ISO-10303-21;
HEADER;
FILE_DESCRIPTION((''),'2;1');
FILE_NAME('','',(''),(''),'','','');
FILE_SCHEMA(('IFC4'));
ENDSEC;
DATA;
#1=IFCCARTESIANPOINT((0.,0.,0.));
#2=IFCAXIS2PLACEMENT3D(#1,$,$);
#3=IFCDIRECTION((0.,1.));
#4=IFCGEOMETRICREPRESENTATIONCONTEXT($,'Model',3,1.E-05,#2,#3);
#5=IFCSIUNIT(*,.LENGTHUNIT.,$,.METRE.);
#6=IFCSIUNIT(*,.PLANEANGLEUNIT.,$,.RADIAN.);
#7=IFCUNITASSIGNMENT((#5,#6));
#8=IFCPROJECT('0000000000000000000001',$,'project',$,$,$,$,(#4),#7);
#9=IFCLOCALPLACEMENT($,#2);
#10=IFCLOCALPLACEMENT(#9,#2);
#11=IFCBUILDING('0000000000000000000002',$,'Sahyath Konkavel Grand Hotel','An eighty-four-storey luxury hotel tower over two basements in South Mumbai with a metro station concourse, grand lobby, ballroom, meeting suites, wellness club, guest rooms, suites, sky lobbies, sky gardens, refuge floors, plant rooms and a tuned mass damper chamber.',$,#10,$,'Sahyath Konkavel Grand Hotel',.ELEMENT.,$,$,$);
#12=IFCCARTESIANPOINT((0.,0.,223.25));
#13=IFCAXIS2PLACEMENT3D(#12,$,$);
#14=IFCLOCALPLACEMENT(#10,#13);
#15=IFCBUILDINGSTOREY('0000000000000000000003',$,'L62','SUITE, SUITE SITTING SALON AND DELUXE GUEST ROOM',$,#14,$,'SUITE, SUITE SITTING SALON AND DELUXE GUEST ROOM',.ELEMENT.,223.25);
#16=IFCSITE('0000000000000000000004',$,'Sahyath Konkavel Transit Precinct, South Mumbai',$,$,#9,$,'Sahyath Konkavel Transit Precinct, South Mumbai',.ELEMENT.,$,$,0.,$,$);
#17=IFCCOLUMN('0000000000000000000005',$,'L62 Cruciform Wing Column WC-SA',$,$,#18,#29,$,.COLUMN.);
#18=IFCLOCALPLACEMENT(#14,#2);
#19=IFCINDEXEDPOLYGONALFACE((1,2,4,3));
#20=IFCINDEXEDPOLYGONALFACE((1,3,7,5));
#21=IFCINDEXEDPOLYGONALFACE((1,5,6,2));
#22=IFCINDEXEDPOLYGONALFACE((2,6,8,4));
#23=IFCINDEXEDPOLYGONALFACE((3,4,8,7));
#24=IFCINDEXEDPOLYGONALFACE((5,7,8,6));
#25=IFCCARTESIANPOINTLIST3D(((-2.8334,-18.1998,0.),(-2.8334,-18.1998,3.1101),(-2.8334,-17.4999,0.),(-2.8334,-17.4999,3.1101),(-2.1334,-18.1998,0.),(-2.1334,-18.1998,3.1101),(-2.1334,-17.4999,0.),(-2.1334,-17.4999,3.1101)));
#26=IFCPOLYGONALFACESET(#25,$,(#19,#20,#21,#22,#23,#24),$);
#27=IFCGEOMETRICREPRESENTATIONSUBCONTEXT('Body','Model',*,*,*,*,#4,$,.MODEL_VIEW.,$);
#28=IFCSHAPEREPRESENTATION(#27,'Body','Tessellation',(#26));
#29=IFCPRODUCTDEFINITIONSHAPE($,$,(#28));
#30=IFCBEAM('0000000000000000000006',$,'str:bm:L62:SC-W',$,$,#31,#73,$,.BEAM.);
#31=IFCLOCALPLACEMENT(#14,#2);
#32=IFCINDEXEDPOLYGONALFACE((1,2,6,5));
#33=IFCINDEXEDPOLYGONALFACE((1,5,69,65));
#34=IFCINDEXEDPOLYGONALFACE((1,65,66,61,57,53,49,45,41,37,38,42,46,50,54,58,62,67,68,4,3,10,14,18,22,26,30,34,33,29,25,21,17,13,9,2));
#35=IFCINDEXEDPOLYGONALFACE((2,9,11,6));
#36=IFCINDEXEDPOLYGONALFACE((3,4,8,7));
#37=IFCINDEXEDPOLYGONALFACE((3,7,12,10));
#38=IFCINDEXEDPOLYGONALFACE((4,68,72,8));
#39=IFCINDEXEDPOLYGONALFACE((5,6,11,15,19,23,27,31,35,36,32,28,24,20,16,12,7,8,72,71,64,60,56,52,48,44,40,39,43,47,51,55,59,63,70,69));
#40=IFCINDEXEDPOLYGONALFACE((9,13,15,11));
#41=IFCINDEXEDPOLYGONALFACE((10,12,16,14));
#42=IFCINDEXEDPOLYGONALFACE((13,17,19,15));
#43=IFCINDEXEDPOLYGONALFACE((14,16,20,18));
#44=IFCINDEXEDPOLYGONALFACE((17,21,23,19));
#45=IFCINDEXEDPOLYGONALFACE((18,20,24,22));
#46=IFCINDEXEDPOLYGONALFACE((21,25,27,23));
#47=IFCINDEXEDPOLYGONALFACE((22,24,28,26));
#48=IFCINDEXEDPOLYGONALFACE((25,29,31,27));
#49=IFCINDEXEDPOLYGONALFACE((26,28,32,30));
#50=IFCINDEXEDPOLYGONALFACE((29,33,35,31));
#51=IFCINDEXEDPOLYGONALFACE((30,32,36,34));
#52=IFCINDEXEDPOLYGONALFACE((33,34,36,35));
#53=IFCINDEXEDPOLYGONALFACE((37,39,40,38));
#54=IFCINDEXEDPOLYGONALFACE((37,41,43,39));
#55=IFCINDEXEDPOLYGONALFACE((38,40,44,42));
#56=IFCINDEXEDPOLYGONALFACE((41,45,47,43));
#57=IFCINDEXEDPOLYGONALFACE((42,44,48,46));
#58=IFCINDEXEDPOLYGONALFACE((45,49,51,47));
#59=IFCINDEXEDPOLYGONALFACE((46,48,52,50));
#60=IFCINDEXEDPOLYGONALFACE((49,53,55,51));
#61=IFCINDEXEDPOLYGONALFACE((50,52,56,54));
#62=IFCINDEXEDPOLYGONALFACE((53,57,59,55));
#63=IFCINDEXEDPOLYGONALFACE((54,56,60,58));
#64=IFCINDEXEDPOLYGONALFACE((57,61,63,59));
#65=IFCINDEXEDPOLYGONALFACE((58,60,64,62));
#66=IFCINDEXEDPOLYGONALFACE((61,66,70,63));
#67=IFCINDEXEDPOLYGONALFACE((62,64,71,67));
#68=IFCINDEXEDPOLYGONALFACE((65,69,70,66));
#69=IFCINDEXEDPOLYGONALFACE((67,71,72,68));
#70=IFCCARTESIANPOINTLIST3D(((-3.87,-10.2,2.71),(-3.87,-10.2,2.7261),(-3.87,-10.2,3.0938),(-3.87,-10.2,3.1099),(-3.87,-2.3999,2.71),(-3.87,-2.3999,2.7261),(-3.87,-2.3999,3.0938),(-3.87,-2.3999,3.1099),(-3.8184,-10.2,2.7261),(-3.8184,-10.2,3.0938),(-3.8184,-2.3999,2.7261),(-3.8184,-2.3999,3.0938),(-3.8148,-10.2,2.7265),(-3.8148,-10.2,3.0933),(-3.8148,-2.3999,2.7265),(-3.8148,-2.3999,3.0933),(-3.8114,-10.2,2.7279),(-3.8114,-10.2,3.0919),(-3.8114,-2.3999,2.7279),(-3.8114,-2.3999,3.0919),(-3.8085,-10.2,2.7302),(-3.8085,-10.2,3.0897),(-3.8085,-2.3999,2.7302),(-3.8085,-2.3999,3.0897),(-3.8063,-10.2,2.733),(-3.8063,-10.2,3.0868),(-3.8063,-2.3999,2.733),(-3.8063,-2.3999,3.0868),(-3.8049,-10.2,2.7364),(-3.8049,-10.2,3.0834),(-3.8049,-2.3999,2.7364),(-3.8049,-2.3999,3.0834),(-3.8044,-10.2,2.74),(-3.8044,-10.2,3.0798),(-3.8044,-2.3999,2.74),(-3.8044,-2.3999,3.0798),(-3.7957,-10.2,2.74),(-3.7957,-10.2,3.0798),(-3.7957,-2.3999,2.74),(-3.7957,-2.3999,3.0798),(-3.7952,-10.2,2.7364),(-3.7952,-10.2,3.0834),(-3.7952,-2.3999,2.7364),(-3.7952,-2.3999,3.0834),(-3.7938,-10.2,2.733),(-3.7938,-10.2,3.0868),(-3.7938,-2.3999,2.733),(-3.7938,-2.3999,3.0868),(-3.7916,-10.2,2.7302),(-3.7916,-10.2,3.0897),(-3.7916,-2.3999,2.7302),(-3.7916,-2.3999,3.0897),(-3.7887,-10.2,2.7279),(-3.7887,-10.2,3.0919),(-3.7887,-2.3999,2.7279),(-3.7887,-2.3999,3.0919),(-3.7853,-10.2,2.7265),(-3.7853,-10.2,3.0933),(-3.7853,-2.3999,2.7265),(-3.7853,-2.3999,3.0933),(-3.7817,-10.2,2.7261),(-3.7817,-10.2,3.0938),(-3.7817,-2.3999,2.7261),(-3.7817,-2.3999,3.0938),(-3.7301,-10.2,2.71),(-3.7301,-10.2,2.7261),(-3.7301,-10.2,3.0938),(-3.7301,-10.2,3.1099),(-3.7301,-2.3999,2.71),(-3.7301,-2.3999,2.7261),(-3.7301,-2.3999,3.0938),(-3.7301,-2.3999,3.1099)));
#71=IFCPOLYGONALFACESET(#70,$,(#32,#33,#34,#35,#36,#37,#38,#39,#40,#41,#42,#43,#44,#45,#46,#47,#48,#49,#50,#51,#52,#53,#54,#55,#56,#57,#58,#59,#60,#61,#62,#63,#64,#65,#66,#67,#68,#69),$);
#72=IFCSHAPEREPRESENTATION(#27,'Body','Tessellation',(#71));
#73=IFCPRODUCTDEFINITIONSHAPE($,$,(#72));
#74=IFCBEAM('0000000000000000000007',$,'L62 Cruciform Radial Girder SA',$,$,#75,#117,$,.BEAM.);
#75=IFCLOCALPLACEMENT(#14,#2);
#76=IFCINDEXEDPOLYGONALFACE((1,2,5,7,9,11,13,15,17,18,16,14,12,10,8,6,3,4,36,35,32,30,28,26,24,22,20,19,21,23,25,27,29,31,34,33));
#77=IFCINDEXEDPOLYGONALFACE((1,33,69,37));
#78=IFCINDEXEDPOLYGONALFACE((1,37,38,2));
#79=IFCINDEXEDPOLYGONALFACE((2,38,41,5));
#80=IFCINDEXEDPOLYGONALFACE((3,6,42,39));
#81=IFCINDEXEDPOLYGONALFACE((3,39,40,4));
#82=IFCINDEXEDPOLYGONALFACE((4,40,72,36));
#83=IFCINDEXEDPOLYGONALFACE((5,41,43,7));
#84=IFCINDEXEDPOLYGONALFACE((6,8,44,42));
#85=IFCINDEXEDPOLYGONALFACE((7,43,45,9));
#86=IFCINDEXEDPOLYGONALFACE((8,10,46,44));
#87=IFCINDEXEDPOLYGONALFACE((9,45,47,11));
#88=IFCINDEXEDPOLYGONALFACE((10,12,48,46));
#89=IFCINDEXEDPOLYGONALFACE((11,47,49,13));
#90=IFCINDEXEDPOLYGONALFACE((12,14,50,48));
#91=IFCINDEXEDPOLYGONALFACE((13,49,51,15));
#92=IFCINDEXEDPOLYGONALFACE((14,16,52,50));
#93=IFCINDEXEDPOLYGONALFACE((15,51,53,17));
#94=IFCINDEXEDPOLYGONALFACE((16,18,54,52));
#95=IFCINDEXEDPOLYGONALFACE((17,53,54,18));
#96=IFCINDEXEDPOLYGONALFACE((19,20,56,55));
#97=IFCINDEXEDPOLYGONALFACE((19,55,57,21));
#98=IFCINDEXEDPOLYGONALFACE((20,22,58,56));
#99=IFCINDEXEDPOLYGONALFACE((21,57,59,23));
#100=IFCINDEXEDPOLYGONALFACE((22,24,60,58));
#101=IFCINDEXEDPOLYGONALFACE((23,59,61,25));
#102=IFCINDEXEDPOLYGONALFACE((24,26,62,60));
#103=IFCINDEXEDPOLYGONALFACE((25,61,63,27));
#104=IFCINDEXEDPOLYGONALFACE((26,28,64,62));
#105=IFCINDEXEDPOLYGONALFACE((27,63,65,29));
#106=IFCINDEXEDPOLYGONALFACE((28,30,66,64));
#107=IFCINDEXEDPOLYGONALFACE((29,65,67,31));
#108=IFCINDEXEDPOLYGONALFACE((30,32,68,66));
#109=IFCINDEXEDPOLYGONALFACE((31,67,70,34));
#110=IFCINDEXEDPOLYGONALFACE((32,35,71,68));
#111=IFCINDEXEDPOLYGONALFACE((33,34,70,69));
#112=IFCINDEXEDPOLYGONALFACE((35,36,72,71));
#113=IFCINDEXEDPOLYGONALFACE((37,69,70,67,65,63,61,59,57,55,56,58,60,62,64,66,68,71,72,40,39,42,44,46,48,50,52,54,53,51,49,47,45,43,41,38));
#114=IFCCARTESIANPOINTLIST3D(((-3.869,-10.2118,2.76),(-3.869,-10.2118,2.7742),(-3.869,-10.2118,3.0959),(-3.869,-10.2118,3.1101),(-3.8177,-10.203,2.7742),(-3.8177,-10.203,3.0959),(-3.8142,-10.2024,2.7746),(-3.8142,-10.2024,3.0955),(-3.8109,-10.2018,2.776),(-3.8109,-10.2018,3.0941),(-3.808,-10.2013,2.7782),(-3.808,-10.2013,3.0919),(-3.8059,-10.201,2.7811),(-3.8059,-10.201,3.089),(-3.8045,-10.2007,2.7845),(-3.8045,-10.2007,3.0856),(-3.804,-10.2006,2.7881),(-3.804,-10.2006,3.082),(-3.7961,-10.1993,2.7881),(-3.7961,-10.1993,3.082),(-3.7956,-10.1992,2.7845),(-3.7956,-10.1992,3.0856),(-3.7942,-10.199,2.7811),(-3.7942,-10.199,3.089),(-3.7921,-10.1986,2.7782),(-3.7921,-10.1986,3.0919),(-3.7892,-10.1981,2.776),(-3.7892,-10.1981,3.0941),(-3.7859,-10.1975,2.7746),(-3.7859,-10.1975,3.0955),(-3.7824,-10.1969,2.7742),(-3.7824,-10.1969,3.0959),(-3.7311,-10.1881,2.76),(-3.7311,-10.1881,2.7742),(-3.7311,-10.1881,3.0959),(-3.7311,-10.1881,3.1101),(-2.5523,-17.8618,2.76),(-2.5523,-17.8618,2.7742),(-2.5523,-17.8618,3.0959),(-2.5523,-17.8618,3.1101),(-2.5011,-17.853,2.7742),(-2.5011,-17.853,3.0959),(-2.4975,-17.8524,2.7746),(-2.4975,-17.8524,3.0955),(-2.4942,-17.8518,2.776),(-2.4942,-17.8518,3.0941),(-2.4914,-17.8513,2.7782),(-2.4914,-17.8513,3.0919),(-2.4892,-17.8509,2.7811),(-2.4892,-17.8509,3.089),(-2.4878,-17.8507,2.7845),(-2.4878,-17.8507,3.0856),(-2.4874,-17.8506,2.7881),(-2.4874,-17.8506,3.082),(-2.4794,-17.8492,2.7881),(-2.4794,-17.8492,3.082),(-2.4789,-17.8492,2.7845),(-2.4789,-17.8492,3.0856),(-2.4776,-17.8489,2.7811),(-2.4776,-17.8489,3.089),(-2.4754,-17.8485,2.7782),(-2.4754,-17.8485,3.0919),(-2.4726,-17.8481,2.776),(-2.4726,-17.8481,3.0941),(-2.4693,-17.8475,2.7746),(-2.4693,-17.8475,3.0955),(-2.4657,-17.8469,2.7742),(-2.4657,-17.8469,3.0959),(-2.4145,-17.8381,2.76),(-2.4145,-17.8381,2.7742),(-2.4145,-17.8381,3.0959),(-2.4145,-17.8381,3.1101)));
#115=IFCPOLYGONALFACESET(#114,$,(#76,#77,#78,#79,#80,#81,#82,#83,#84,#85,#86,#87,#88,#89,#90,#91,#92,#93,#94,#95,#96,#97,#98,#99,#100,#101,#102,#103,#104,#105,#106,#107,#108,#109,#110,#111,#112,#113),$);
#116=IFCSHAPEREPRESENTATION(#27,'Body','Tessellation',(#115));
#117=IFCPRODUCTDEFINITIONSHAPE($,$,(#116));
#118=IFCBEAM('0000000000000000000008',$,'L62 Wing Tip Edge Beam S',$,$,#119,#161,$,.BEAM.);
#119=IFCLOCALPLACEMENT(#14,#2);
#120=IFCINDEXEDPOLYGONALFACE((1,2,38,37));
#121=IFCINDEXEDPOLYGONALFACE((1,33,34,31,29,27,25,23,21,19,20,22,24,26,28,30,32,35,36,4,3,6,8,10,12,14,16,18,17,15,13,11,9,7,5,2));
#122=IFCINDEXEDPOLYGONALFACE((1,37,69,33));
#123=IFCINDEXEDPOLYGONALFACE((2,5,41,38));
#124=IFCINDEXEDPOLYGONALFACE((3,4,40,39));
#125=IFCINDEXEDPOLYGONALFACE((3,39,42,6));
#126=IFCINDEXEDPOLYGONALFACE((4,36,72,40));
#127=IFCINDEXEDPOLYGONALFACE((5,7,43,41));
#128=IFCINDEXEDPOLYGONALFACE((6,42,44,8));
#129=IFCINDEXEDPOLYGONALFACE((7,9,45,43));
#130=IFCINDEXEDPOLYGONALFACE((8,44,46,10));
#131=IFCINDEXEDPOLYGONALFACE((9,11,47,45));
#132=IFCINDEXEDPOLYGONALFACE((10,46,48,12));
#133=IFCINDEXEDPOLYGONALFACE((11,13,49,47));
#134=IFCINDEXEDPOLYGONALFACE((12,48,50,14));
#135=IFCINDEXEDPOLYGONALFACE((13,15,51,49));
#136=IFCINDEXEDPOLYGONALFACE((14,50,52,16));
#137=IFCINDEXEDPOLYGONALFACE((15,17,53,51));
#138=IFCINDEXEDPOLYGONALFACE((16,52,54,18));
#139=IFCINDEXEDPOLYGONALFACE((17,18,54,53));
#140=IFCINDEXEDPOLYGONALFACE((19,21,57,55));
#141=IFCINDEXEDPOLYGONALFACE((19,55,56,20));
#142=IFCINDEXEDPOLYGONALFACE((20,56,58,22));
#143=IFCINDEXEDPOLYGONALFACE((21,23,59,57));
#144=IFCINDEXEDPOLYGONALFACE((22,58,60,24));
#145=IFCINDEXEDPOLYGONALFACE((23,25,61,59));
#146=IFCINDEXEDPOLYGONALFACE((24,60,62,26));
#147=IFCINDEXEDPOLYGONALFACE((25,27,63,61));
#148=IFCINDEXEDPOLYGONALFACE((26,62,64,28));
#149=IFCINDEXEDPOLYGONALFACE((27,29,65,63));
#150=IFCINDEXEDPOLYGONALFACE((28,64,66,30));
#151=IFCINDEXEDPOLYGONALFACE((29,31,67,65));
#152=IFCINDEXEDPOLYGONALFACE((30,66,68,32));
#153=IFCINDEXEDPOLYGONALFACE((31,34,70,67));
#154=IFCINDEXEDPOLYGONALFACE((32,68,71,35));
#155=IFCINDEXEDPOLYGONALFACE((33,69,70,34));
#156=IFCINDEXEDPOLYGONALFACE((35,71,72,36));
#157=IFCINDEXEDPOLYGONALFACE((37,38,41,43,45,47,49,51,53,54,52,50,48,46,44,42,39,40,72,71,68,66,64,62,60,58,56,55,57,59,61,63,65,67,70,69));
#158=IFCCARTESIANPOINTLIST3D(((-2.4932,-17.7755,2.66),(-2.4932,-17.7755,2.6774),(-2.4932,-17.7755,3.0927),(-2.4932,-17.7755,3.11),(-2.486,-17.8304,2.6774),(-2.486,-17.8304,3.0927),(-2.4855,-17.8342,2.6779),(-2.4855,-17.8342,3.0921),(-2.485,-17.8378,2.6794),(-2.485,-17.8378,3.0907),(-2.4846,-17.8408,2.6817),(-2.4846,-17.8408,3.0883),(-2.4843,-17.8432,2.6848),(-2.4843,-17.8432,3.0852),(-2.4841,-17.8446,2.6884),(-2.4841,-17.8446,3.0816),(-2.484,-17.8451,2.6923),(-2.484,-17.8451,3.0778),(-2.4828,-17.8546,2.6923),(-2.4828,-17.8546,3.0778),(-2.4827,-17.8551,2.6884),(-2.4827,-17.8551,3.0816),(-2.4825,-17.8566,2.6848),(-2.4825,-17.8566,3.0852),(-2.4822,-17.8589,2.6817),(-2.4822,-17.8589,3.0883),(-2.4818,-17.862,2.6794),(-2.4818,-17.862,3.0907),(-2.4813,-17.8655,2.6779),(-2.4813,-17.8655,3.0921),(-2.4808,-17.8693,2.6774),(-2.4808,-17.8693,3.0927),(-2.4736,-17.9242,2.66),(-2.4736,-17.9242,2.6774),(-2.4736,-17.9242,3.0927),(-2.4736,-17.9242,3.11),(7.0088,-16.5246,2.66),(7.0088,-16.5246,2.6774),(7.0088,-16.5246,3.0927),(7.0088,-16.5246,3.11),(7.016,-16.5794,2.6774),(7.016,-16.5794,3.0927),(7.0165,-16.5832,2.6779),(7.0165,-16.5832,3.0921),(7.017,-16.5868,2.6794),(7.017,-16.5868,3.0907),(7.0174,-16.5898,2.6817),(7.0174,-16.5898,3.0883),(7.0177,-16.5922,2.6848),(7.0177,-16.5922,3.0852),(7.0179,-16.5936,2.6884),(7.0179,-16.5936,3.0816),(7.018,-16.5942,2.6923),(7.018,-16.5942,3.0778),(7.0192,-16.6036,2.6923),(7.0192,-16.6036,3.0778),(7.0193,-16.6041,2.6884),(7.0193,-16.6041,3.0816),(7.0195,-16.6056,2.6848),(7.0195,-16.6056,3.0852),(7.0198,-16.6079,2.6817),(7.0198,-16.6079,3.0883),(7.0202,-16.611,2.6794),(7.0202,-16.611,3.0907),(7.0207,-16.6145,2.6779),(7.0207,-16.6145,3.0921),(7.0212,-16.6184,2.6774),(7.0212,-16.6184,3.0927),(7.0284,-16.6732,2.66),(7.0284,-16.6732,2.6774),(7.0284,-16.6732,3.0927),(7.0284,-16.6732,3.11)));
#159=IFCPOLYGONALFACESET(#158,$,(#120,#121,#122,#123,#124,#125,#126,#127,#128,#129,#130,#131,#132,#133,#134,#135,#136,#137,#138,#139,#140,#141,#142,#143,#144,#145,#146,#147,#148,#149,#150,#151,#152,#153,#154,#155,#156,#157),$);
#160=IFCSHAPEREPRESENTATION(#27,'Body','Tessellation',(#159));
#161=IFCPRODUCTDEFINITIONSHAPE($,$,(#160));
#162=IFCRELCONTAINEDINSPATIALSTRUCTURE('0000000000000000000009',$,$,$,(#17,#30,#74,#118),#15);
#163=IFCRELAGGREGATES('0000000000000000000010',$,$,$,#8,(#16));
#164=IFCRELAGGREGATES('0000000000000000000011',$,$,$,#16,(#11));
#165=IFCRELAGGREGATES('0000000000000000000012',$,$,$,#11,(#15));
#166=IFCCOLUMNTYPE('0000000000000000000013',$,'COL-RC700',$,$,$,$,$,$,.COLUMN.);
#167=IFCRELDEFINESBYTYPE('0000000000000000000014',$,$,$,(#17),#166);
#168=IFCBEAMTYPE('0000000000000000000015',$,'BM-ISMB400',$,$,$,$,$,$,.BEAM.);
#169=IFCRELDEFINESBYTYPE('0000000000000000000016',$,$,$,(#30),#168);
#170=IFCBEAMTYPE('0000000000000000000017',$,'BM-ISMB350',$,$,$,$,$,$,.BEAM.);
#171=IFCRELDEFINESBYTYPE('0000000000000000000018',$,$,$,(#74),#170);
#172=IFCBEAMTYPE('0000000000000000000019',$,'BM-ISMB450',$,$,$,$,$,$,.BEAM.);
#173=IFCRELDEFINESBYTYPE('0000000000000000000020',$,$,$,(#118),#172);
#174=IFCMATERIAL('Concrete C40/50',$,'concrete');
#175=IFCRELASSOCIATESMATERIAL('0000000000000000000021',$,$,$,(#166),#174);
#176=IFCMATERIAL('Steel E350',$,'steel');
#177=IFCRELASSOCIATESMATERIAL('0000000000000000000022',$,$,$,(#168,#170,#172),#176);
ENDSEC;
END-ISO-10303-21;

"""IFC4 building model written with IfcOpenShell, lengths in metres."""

from ifc_helpers import new_model, si_unit, direction, frame, origin, origin_2d, place, context, subcontext, project, spatial, rectangle, i_section, extrude, source, transform, mapped, material, material_profile, profile_set, type_object, element, save


model = new_model("IFC4")

# Units and contexts
model_context = context("Model", 3, precision=1e-05, world=origin(), true_north=direction((0.0, 1.0)))
body_context = subcontext(model_context, "Body", "Model", "MODEL_VIEW")
ifc_project = project(units=[si_unit("LENGTHUNIT", "METRE"), si_unit("PLANEANGLEUNIT", "RADIAN")], contexts=[model_context])

# Site, building, storey
site_placement = place(None, origin())
site = spatial("IfcSite", under=ifc_project, at=site_placement, Name="Sahyath Konkavel Transit Precinct, South Mumbai", LongName="Sahyath Konkavel Transit Precinct, South Mumbai", CompositionType="ELEMENT", RefElevation=0.0)
building_placement = place(site_placement, origin())
building = spatial("IfcBuilding", under=site, at=building_placement, Name="Sahyath Konkavel Grand Hotel", Description="An eighty-four-storey luxury hotel tower over two basements in South Mumbai with a metro station concourse, grand lobby, ballroom, meeting suites, wellness club, guest rooms, suites, sky lobbies, sky gardens, refuge floors, plant rooms and a tuned mass damper chamber.", LongName="Sahyath Konkavel Grand Hotel", CompositionType="ELEMENT")
storey_placement = place(building_placement, frame((0.0, 0.0, 223.25)))
storey = spatial("IfcBuildingStorey", under=building, at=storey_placement, Name="L62", Description="SUITE, SUITE SITTING SALON AND DELUXE GUEST ROOM", LongName="SUITE, SUITE SITTING SALON AND DELUXE GUEST ROOM", CompositionType="ELEMENT", Elevation=223.25)

# Column
ifc_material_1 = material(Name="Concrete C40/50", Category="concrete")
ifc_material_profile_1 = material_profile(ifc_material_1, rectangle(XDim=0.7, YDim=0.7, at=origin_2d()), Name="RC 700x700")
ifc_profile_set_1 = profile_set([ifc_material_profile_1], Name="Concrete C40/50")
column_type = type_object("IfcColumnType", Name="COL-RC700", PredefinedType="COLUMN", material=ifc_profile_set_1)
shared_shape_1 = source(origin(), body_context, "Body", "SweptSolid", [
    extrude(rectangle(XDim=0.7, YDim=0.7, at=origin_2d()), origin(), (0.0, 0.0, 1.0), 3.1101),
])
column_placement = place(storey_placement, frame((-2.4834, -17.8499, 0.0), z_axis=(0.0, 0.0, 1.0), x_axis=(1.0, 0.0, 0.0)))
element("IfcColumn", 1, at=column_placement, inside=storey, type_object=column_type, Name="L62 Cruciform Wing Column WC-SA", PredefinedType="COLUMN", context=body_context, shape_type="MappedRepresentation", body=[
    mapped(shared_shape_1, transform((0.0, 0.0, 0.0), scale=1.0)),
])

# Beams
ifc_material_2 = material(Name="Steel E350", Category="steel")
ifc_material_profile_2 = material_profile(ifc_material_2, i_section(OverallWidth=0.1399, OverallDepth=0.3999, WebThickness=0.0088, FlangeThickness=0.0161, FilletRadius=0.0139, at=origin_2d()), Name="ISMB 400")
ifc_profile_set_2 = profile_set([ifc_material_profile_2], Name="Steel E350")
beam_type_1 = type_object("IfcBeamType", Name="BM-ISMB400", PredefinedType="BEAM", material=ifc_profile_set_2)
shared_shape_2 = source(origin(), body_context, "Body", "SweptSolid", [
    extrude(i_section(OverallWidth=0.1399, OverallDepth=0.3999, WebThickness=0.0088, FlangeThickness=0.0161, FilletRadius=0.0139, at=origin_2d()), origin(), (0.0, 0.0, 1.0), 7.8),
])
beam_1_placement = place(storey_placement, frame((-3.8, -10.2, 2.9099), z_axis=(0.0, 1.0, 0.0), x_axis=(-1.0, 0.0, 0.0)))
element("IfcBeam", 2, at=beam_1_placement, inside=storey, type_object=beam_type_1, Name="str:bm:L62:SC-W", PredefinedType="BEAM", context=body_context, shape_type="MappedRepresentation", body=[
    mapped(shared_shape_2, transform((0.0, 0.0, 0.0), scale=1.0)),
])
ifc_material_profile_3 = material_profile(ifc_material_2, i_section(OverallWidth=0.1399, OverallDepth=0.3501, WebThickness=0.0081, FlangeThickness=0.0142, FilletRadius=0.0139, at=origin_2d()), Name="ISMB 350")
ifc_profile_set_3 = profile_set([ifc_material_profile_3], Name="Steel E350")
beam_type_2 = type_object("IfcBeamType", Name="BM-ISMB350", PredefinedType="BEAM", material=ifc_profile_set_3)
shared_shape_3 = source(origin(), body_context, "Body", "SweptSolid", [
    extrude(i_section(OverallWidth=0.1399, OverallDepth=0.3501, WebThickness=0.0081, FlangeThickness=0.0142, FilletRadius=0.0139, at=origin_2d()), origin(), (0.0, 0.0, 1.0), 7.7625),
])
beam_2_placement = place(storey_placement, frame((-3.8, -10.2, 2.9351), z_axis=(0.169619, -0.98551, 0.0), x_axis=(0.98551, 0.169619, 0.0)))
element("IfcBeam", 3, at=beam_2_placement, inside=storey, type_object=beam_type_2, Name="L62 Cruciform Radial Girder SA", PredefinedType="BEAM", context=body_context, shape_type="MappedRepresentation", body=[
    mapped(shared_shape_3, transform((0.0, 0.0, 0.0), scale=1.0)),
])
ifc_material_profile_4 = material_profile(ifc_material_2, i_section(OverallWidth=0.1499, OverallDepth=0.45, WebThickness=0.0095, FlangeThickness=0.0173, FilletRadius=0.0149, at=origin_2d()), Name="ISMB 450")
ifc_profile_set_4 = profile_set([ifc_material_profile_4], Name="Steel E350")
beam_type_3 = type_object("IfcBeamType", Name="BM-ISMB450", PredefinedType="BEAM", material=ifc_profile_set_4)
shared_shape_4 = source(origin(), body_context, "Body", "SweptSolid", [
    extrude(i_section(OverallWidth=0.1499, OverallDepth=0.45, WebThickness=0.0095, FlangeThickness=0.0173, FilletRadius=0.0149, at=origin_2d()), origin(), (0.0, 0.0, 1.0), 9.584),
])
beam_3_placement = place(storey_placement, frame((-2.4834, -17.8499, 2.885), z_axis=(0.991445, 0.130528, 0.0), x_axis=(-0.130528, 0.991445, 0.0)))
element("IfcBeam", 4, at=beam_3_placement, inside=storey, type_object=beam_type_3, Name="L62 Wing Tip Edge Beam S", PredefinedType="BEAM", context=body_context, shape_type="MappedRepresentation", body=[
    mapped(shared_shape_4, transform((0.0, 0.0, 0.0), scale=1.0)),
])

save(model, "model.ifc")
